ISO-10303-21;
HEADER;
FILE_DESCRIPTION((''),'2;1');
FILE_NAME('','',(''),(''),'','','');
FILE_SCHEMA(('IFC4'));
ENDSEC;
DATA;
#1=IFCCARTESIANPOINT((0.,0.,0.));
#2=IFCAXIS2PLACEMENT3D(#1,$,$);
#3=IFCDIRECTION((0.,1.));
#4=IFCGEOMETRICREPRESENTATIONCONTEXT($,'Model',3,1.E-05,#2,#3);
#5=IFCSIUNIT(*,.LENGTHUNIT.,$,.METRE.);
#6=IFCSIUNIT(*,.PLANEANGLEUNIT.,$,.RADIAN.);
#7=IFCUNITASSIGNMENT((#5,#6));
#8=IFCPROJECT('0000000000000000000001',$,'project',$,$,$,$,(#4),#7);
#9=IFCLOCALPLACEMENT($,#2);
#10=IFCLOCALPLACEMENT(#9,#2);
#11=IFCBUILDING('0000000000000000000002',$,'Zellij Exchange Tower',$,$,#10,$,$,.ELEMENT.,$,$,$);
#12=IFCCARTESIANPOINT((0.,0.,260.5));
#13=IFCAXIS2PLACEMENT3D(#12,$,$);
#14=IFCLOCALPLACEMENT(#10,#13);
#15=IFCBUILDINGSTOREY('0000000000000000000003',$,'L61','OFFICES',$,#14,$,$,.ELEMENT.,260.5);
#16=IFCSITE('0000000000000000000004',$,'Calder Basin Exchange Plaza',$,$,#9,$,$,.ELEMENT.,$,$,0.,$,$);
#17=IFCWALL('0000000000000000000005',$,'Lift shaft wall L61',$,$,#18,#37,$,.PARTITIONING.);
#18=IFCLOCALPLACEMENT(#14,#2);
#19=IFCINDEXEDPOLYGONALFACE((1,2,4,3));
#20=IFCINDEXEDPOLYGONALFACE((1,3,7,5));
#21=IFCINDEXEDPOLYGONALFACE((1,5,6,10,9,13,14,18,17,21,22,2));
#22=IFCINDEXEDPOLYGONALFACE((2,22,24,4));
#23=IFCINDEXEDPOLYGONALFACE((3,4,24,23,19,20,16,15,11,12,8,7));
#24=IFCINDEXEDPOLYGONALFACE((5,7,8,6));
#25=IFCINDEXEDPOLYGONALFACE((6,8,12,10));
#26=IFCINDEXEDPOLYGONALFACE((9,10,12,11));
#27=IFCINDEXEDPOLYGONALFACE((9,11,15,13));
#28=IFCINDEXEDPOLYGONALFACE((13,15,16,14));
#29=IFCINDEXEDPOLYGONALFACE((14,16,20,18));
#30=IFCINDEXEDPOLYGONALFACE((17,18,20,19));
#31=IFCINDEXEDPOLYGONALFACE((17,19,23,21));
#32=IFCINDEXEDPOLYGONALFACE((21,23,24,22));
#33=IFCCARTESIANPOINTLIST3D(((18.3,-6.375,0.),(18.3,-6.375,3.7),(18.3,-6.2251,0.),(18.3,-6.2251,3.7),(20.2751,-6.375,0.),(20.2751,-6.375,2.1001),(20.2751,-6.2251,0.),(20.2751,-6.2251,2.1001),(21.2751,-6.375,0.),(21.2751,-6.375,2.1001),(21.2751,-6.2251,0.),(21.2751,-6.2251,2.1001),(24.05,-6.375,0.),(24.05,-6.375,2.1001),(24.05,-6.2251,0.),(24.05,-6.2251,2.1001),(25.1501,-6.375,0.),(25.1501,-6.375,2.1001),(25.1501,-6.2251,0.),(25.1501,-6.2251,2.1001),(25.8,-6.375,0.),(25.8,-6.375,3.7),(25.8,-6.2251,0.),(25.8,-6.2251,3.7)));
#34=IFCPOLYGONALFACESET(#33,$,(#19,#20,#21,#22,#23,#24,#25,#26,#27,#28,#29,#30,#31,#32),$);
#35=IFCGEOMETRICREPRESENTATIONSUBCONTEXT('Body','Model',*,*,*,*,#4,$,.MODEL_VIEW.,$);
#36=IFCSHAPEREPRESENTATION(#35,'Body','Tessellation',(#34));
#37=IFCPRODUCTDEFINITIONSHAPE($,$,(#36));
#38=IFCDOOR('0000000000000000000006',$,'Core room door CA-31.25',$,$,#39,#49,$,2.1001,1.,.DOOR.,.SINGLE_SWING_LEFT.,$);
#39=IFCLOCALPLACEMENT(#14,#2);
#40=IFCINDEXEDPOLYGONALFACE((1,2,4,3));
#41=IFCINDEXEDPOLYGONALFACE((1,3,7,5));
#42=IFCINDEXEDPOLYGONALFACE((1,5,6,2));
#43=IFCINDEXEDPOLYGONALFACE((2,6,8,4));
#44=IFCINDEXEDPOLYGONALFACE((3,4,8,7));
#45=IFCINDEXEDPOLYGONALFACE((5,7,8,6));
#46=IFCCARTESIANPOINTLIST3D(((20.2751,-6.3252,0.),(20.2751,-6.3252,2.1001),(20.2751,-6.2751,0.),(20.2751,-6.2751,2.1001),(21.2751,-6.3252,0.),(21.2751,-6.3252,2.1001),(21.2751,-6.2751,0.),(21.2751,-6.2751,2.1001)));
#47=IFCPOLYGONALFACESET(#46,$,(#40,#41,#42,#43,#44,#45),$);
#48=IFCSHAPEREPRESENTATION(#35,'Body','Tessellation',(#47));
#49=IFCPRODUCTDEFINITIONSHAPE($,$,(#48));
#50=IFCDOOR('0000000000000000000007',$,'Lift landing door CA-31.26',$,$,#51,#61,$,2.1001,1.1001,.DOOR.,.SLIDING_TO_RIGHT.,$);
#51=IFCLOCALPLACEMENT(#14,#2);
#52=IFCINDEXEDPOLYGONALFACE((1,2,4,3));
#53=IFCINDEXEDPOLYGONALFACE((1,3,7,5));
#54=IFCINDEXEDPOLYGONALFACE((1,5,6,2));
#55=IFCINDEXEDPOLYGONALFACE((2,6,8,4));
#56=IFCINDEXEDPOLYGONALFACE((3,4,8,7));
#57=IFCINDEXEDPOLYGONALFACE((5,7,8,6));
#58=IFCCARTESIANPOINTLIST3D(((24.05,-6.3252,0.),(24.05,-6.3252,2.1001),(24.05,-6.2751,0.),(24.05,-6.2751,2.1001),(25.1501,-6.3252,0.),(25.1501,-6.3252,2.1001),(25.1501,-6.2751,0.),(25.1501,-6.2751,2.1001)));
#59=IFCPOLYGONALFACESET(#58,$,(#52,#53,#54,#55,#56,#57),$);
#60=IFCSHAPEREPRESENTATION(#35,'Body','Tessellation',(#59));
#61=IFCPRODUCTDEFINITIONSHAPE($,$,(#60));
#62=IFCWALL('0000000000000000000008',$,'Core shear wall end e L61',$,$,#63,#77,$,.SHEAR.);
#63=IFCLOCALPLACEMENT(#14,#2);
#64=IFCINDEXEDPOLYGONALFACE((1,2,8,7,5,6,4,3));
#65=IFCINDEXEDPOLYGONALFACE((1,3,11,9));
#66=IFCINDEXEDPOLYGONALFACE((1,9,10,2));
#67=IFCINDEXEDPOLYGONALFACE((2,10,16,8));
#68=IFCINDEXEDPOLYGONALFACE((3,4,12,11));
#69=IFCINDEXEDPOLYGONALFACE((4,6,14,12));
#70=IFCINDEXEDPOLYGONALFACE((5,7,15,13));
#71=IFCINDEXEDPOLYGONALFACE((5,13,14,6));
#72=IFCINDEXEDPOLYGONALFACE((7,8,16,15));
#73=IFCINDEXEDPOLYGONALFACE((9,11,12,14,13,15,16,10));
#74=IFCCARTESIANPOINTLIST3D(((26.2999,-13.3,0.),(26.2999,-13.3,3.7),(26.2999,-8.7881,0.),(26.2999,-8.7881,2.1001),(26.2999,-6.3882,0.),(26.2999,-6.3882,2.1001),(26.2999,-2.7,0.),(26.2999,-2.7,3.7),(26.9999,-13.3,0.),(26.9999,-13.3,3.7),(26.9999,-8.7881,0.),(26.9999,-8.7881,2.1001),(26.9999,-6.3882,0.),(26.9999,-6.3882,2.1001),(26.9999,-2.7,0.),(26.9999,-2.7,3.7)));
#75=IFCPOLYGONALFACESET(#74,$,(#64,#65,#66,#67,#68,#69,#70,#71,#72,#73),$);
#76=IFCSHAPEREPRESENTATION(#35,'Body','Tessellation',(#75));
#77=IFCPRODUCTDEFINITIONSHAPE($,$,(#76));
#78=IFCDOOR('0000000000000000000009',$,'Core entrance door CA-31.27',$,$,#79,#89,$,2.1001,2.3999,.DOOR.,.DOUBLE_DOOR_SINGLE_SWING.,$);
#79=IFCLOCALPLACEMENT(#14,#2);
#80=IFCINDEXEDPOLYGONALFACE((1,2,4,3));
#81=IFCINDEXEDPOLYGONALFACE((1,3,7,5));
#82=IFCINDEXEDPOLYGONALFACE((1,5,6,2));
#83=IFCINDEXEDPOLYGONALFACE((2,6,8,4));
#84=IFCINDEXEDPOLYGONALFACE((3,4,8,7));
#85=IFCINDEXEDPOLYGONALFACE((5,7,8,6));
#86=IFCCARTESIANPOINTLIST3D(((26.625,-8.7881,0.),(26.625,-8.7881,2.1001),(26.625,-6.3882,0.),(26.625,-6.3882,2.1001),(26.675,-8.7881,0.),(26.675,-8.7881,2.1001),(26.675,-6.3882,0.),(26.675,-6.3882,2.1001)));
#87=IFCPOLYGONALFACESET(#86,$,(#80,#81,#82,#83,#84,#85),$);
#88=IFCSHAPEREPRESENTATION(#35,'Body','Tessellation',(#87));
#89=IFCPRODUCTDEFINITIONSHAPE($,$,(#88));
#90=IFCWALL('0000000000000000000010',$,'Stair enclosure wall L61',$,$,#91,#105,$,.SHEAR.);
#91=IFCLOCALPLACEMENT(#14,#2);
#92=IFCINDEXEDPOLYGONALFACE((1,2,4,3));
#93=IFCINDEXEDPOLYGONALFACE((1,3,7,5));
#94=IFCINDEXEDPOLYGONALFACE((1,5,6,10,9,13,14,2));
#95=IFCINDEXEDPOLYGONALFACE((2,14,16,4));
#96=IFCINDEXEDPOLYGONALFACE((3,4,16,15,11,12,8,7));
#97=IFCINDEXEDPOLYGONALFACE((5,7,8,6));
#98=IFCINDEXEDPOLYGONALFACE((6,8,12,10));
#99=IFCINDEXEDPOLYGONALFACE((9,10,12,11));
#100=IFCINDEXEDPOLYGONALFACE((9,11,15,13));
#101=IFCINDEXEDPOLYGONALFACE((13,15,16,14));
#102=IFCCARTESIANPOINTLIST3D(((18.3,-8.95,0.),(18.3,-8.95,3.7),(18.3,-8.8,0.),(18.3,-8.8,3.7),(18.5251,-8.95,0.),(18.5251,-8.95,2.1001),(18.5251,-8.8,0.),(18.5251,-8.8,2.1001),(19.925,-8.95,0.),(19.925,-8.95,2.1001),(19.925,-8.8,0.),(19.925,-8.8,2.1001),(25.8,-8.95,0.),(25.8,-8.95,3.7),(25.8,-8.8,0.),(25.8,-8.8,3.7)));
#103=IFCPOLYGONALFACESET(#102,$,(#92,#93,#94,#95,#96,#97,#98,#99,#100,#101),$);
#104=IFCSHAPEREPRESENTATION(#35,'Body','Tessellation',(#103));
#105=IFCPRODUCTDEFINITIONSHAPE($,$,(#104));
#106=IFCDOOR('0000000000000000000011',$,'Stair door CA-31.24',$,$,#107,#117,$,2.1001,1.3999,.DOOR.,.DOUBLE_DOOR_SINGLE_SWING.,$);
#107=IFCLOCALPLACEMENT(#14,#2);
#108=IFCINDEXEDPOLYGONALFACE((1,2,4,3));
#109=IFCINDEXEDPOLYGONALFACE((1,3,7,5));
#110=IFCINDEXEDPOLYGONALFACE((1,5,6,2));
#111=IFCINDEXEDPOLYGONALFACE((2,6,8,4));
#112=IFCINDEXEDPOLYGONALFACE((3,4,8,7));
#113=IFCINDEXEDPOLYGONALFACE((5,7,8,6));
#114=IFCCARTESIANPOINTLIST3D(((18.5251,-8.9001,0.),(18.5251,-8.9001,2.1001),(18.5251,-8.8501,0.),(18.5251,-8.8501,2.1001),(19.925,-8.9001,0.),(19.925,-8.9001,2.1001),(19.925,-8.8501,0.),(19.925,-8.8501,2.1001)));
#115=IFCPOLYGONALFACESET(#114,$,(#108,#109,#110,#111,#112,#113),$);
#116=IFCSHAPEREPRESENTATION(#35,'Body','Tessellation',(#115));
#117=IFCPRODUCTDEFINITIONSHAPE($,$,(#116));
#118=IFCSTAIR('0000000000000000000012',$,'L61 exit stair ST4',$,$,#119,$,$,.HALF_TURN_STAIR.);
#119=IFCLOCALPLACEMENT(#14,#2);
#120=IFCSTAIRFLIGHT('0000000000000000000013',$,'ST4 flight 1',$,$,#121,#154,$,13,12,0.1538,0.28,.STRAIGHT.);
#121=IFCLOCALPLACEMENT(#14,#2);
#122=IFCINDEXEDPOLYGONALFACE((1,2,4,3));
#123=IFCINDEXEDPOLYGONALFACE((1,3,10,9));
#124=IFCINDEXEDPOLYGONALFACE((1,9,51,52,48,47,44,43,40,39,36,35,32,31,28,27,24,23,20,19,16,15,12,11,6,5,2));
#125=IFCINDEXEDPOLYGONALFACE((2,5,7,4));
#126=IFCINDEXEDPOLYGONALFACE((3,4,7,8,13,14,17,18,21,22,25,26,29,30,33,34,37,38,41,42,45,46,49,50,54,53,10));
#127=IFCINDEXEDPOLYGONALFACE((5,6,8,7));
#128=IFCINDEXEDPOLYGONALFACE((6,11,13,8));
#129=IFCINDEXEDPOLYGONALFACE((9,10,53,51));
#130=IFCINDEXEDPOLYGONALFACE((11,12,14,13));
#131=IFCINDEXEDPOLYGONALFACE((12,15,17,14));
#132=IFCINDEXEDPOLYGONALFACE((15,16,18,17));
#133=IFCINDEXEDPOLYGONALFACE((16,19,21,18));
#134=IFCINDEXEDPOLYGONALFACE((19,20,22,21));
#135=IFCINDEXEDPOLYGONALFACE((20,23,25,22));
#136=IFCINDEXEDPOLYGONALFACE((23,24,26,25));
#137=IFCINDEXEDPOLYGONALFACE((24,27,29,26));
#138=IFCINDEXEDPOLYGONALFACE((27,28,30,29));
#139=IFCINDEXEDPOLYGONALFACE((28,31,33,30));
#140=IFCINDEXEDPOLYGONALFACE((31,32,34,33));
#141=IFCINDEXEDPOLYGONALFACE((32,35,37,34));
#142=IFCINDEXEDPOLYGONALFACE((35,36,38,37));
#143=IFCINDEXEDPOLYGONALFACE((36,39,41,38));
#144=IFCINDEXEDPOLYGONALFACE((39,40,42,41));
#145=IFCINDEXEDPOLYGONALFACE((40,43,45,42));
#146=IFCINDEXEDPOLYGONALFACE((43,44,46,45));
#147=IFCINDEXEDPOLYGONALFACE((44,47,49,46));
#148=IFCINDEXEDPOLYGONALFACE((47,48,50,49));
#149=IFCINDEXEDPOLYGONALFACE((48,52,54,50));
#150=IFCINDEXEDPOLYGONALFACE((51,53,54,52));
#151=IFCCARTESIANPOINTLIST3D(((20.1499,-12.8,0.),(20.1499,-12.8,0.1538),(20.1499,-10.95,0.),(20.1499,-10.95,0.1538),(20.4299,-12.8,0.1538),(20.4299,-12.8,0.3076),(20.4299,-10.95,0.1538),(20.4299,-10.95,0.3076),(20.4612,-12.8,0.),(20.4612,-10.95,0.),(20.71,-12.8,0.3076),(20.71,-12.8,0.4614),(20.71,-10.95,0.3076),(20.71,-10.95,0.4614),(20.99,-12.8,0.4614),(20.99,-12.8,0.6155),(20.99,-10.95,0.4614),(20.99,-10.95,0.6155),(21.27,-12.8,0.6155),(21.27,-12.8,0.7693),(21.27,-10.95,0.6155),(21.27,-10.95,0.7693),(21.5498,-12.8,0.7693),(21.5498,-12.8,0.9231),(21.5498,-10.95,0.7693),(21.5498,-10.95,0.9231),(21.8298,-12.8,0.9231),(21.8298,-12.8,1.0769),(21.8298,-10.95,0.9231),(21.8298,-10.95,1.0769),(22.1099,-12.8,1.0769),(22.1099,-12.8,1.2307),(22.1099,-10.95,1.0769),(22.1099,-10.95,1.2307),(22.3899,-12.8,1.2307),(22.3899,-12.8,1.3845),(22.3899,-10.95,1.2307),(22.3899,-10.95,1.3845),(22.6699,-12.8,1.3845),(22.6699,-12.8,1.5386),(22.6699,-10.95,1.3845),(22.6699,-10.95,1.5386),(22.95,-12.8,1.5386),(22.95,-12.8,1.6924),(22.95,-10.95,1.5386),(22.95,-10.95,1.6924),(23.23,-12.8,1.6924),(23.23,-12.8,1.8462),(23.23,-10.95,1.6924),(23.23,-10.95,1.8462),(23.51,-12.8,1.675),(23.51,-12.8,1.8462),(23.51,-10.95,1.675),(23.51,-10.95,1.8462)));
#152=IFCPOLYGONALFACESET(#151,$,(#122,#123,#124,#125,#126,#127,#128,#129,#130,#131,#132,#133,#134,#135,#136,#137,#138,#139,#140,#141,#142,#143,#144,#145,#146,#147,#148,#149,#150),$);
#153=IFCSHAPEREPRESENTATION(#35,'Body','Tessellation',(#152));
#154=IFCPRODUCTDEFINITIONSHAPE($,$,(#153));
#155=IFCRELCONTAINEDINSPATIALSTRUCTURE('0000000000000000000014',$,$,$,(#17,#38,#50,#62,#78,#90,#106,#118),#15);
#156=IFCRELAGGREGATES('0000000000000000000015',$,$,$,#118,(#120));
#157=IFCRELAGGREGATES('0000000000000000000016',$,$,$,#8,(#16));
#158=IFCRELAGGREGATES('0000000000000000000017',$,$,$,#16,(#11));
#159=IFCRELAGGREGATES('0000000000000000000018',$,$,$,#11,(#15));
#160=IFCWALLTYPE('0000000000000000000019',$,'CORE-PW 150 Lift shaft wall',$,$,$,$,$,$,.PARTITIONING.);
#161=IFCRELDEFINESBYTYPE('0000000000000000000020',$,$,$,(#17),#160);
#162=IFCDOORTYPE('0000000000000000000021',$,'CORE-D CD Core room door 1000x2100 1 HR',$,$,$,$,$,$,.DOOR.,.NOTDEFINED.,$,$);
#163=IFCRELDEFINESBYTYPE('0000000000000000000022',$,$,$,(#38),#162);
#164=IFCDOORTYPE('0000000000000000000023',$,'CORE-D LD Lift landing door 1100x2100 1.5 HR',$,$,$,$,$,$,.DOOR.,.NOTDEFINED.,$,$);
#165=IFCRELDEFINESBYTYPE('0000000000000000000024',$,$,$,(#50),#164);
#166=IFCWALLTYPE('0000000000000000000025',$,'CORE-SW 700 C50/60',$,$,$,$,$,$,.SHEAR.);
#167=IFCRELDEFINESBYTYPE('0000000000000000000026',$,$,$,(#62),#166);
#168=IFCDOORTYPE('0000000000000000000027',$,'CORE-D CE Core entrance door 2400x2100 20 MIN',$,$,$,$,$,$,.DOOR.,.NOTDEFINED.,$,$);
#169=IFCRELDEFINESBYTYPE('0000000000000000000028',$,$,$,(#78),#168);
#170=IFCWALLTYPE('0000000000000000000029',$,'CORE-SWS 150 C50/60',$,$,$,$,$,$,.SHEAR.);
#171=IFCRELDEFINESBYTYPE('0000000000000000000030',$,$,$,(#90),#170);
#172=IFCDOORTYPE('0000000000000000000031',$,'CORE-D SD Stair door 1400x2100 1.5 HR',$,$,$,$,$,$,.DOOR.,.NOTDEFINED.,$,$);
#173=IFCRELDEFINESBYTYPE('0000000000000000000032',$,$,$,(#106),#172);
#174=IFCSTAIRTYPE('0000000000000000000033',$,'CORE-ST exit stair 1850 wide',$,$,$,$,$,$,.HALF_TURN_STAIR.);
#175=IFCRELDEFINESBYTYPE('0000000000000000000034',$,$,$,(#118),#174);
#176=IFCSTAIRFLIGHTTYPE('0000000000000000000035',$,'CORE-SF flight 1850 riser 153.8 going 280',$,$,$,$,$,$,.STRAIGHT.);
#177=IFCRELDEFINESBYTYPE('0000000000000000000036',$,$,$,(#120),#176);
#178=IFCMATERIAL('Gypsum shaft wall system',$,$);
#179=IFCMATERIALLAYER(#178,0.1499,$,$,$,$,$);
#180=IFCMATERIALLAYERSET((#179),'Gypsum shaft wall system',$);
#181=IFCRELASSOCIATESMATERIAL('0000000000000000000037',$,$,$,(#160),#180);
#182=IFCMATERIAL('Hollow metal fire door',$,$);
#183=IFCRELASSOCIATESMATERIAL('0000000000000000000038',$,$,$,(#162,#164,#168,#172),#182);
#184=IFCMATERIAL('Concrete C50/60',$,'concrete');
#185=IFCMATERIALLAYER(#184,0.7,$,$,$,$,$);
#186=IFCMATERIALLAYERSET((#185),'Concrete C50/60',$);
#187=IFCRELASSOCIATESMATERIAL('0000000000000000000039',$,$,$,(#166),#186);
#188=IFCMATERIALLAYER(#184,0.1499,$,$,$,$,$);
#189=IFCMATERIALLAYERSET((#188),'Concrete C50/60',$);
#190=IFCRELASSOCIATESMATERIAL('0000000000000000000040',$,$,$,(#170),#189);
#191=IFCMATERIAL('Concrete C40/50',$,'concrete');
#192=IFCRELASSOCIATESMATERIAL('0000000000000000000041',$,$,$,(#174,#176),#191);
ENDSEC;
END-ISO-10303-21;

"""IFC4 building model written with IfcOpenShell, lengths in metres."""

from ifc_helpers import new_model, si_unit, direction, frame, frame_2d, origin, place, context, subcontext, project, spatial, polyline, rectangle, outline, extrude, material, layer, layer_set, type_object, element, fill, aggregate, save


model = new_model("IFC4")

# Units and contexts
model_context = context("Model", 3, precision=1e-05, world=origin(), true_north=direction((0.0, 1.0)))
body_context = subcontext(model_context, "Body", "Model", "MODEL_VIEW")
ifc_project = project(units=[si_unit("LENGTHUNIT", "METRE"), si_unit("PLANEANGLEUNIT", "RADIAN")], contexts=[model_context])

# Site, building, storey
site_placement = place(None, origin())
site = spatial("IfcSite", under=ifc_project, at=site_placement, Name="Calder Basin Exchange Plaza", CompositionType="ELEMENT", RefElevation=0.0)
building_placement = place(site_placement, origin())
building = spatial("IfcBuilding", under=site, at=building_placement, Name="Zellij Exchange Tower", CompositionType="ELEMENT")
storey_placement = place(building_placement, frame((0.0, 0.0, 260.5)))
storey = spatial("IfcBuildingStorey", under=building, at=storey_placement, Name="L61", Description="OFFICES", CompositionType="ELEMENT", Elevation=260.5)

# Shared definitions
ifc_material_1 = material(Name="Concrete C50/60", Category="concrete")
ifc_material_2 = material(Name="Gypsum shaft wall system")
ifc_layer_1 = layer(ifc_material_2, 0.1499)
ifc_layer_set_1 = layer_set([ifc_layer_1], Name="Gypsum shaft wall system")
wall_type_1 = type_object("IfcWallType", Name="CORE-PW 150 Lift shaft wall", PredefinedType="PARTITIONING", material=ifc_layer_set_1)

# Wall, openings, doors
wall_1_placement = place(storey_placement, frame((18.3, -6.3, 0.0), z_axis=(0.0, 0.0, 1.0), x_axis=(1.0, 0.0, 0.0)))
wall_1 = element("IfcWall", 1, at=wall_1_placement, inside=storey, type_object=wall_type_1, Name="Lift shaft wall L61", PredefinedType="PARTITIONING", context=body_context, shape_type="SweptSolid", body=[
    extrude(rectangle(XDim=7.5, YDim=0.1499, at=frame_2d((3.75, 0.0))), origin(), (0.0, 0.0, 1.0), 3.7),
])
opening_1_placement = place(wall_1_placement, frame((1.9751, 0.0, 0.0)))
opening_1 = element("IfcOpeningElement", 2, at=opening_1_placement, cuts=wall_1, PredefinedType="OPENING", context=body_context, shape_type="SweptSolid", body=[
    extrude(rectangle(XDim=1.0, YDim=2.1001, at=frame_2d((0.5, 1.05))), frame((0.0, 0.0869, 0.0), z_axis=(0.0, -1.0, 0.0), x_axis=(1.0, 0.0, 0.0)), (0.0, 0.0, 1.0), 0.1738),
])
opening_2_placement = place(wall_1_placement, frame((5.75, 0.0, 0.0)))
opening_2 = element("IfcOpeningElement", 3, at=opening_2_placement, cuts=wall_1, PredefinedType="OPENING", context=body_context, shape_type="SweptSolid", body=[
    extrude(rectangle(XDim=1.1001, YDim=2.1001, at=frame_2d((0.55, 1.05))), frame((0.0, 0.0869, 0.0), z_axis=(0.0, -1.0, 0.0), x_axis=(1.0, 0.0, 0.0)), (0.0, 0.0, 1.0), 0.1738),
])
ifc_material_3 = material(Name="Hollow metal fire door")
door_type_1 = type_object("IfcDoorType", Name="CORE-D CD Core room door 1000x2100 1 HR", OperationType="NOTDEFINED", PredefinedType="DOOR", material=ifc_material_3)
door_1_placement = place(opening_1_placement, origin())
door_1 = element("IfcDoor", 4, at=door_1_placement, inside=storey, type_object=door_type_1, Name="Core room door CA-31.25", OperationType="SINGLE_SWING_LEFT", OverallHeight=2.1001, OverallWidth=1.0, PredefinedType="DOOR", context=body_context, shape_type="SweptSolid", body=[
    extrude(rectangle(XDim=1.0, YDim=2.1001, at=frame_2d((0.5, 1.05))), frame((0.0, 0.0249, 0.0), z_axis=(0.0, -1.0, 0.0), x_axis=(1.0, 0.0, 0.0)), (0.0, 0.0, 1.0), 0.05),
])
fill(opening_1, door_1)
door_type_2 = type_object("IfcDoorType", Name="CORE-D LD Lift landing door 1100x2100 1.5 HR", OperationType="NOTDEFINED", PredefinedType="DOOR", material=ifc_material_3)
door_2_placement = place(opening_2_placement, origin())
door_2 = element("IfcDoor", 5, at=door_2_placement, inside=storey, type_object=door_type_2, Name="Lift landing door CA-31.26", OperationType="SLIDING_TO_RIGHT", OverallHeight=2.1001, OverallWidth=1.1001, PredefinedType="DOOR", context=body_context, shape_type="SweptSolid", body=[
    extrude(rectangle(XDim=1.1001, YDim=2.1001, at=frame_2d((0.55, 1.05))), frame((0.0, 0.0249, 0.0), z_axis=(0.0, -1.0, 0.0), x_axis=(1.0, 0.0, 0.0)), (0.0, 0.0, 1.0), 0.05),
])
fill(opening_2, door_2)

# Walls, openings, doors
ifc_layer_2 = layer(ifc_material_1, 0.7)
ifc_layer_set_2 = layer_set([ifc_layer_2], Name="Concrete C50/60")
wall_type_2 = type_object("IfcWallType", Name="CORE-SW 700 C50/60", PredefinedType="SHEAR", material=ifc_layer_set_2)
wall_2_placement = place(storey_placement, frame((26.6499, -13.3, 0.0), z_axis=(0.0, 0.0, 1.0), x_axis=(0.0, 1.0, 0.0)))
wall_2 = element("IfcWall", 6, at=wall_2_placement, inside=storey, type_object=wall_type_2, Name="Core shear wall end e L61", PredefinedType="SHEAR", context=body_context, shape_type="SweptSolid", body=[
    extrude(rectangle(XDim=10.6001, YDim=0.7, at=frame_2d((5.3, 0.0))), origin(), (0.0, 0.0, 1.0), 3.7),
])
opening_3_placement = place(wall_2_placement, frame((4.512, 0.0, 0.0)))
opening_3 = element("IfcOpeningElement", 7, at=opening_3_placement, cuts=wall_2, PredefinedType="OPENING", context=body_context, shape_type="SweptSolid", body=[
    extrude(rectangle(XDim=2.3999, YDim=2.1001, at=frame_2d((1.2, 1.05))), frame((0.0, 0.3618, 0.0), z_axis=(0.0, -1.0, 0.0), x_axis=(1.0, 0.0, 0.0)), (0.0, 0.0, 1.0), 0.7239),
])
door_type_3 = type_object("IfcDoorType", Name="CORE-D CE Core entrance door 2400x2100 20 MIN", OperationType="NOTDEFINED", PredefinedType="DOOR", material=ifc_material_3)
door_3_placement = place(opening_3_placement, origin())
door_3 = element("IfcDoor", 8, at=door_3_placement, inside=storey, type_object=door_type_3, Name="Core entrance door CA-31.27", OperationType="DOUBLE_DOOR_SINGLE_SWING", OverallHeight=2.1001, OverallWidth=2.3999, PredefinedType="DOOR", context=body_context, shape_type="SweptSolid", body=[
    extrude(rectangle(XDim=2.3999, YDim=2.1001, at=frame_2d((1.2, 1.05))), frame((0.0, 0.0249, 0.0), z_axis=(0.0, -1.0, 0.0), x_axis=(1.0, 0.0, 0.0)), (0.0, 0.0, 1.0), 0.05),
])
fill(opening_3, door_3)
ifc_layer_3 = layer(ifc_material_1, 0.1499)
ifc_layer_set_3 = layer_set([ifc_layer_3], Name="Concrete C50/60")
wall_type_3 = type_object("IfcWallType", Name="CORE-SWS 150 C50/60", PredefinedType="SHEAR", material=ifc_layer_set_3)
wall_3_placement = place(storey_placement, frame((18.3, -8.875, 0.0), z_axis=(0.0, 0.0, 1.0), x_axis=(1.0, 0.0, 0.0)))
wall_3 = element("IfcWall", 9, at=wall_3_placement, inside=storey, type_object=wall_type_3, Name="Stair enclosure wall L61", PredefinedType="SHEAR", context=body_context, shape_type="SweptSolid", body=[
    extrude(rectangle(XDim=7.5, YDim=0.1499, at=frame_2d((3.75, 0.0))), origin(), (0.0, 0.0, 1.0), 3.7),
])
opening_4_placement = place(wall_3_placement, frame((0.2251, 0.0, 0.0)))
opening_4 = element("IfcOpeningElement", 10, at=opening_4_placement, cuts=wall_3, PredefinedType="OPENING", context=body_context, shape_type="SweptSolid", body=[
    extrude(rectangle(XDim=1.3999, YDim=2.1001, at=frame_2d((0.7, 1.05))), frame((0.0, 0.0869, 0.0), z_axis=(0.0, -1.0, 0.0), x_axis=(1.0, 0.0, 0.0)), (0.0, 0.0, 1.0), 0.1738),
])
door_type_4 = type_object("IfcDoorType", Name="CORE-D SD Stair door 1400x2100 1.5 HR", OperationType="NOTDEFINED", PredefinedType="DOOR", material=ifc_material_3)
door_4_placement = place(opening_4_placement, origin())
door_4 = element("IfcDoor", 11, at=door_4_placement, inside=storey, type_object=door_type_4, Name="Stair door CA-31.24", OperationType="DOUBLE_DOOR_SINGLE_SWING", OverallHeight=2.1001, OverallWidth=1.3999, PredefinedType="DOOR", context=body_context, shape_type="SweptSolid", body=[
    extrude(rectangle(XDim=1.3999, YDim=2.1001, at=frame_2d((0.7, 1.05))), frame((0.0, 0.0249, 0.0), z_axis=(0.0, -1.0, 0.0), x_axis=(1.0, 0.0, 0.0)), (0.0, 0.0, 1.0), 0.05),
])
fill(opening_4, door_4)

# Stair, stair flight
ifc_material_4 = material(Name="Concrete C40/50", Category="concrete")
stair_type = type_object("IfcStairType", Name="CORE-ST exit stair 1850 wide", PredefinedType="HALF_TURN_STAIR", material=ifc_material_4)
stair_placement = place(storey_placement, origin())
stair = element("IfcStair", 12, at=stair_placement, inside=storey, type_object=stair_type, Name="L61 exit stair ST4", PredefinedType="HALF_TURN_STAIR")
stair_flight_type = type_object("IfcStairFlightType", Name="CORE-SF flight 1850 riser 153.8 going 280", PredefinedType="STRAIGHT", material=ifc_material_4)
stair_flight_1_placement = place(storey_placement, frame((20.1499, -11.875, 0.0), z_axis=(0.0, 0.0, 1.0), x_axis=(1.0, 0.0, 0.0)))
stair_flight_1 = element("IfcStairFlight", 13, at=stair_flight_1_placement, type_object=stair_flight_type, Name="ST4 flight 1", NumberOfRisers=13, NumberOfTreads=12, PredefinedType="STRAIGHT", RiserHeight=0.1538, TreadLength=0.28, context=body_context, shape_type="SweptSolid", body=[
    extrude(outline(polyline([(0.0, 0.0), (0.0, 0.1538), (0.28, 0.1538), (0.28, 0.3076), (0.5601, 0.3076), (0.5601, 0.4614), (0.8401, 0.4614), (0.8401, 0.6155), (1.1201, 0.6155), (1.1201, 0.7693), (1.3999, 0.7693), (1.3999, 0.9231), (1.6799, 0.9231), (1.6799, 1.0769), (1.96, 1.0769), (1.96, 1.2307), (2.24, 1.2307), (2.24, 1.3845), (2.52, 1.3845), (2.52, 1.5386), (2.8, 1.5386), (2.8, 1.6924), (3.0801, 1.6924), (3.0801, 1.8462), (3.3601, 1.8462), (3.3601, 2.0), (3.3601, 1.675), (0.3113, 0.0), (0.0, 0.0)])), frame((0.0, 0.925, 0.0), z_axis=(0.0, -1.0, 0.0), x_axis=(1.0, 0.0, 0.0)), (0.0, 0.0, 1.0), 1.8501),
])
aggregate(stair, [stair_flight_1])

save(model, "model.ifc")
